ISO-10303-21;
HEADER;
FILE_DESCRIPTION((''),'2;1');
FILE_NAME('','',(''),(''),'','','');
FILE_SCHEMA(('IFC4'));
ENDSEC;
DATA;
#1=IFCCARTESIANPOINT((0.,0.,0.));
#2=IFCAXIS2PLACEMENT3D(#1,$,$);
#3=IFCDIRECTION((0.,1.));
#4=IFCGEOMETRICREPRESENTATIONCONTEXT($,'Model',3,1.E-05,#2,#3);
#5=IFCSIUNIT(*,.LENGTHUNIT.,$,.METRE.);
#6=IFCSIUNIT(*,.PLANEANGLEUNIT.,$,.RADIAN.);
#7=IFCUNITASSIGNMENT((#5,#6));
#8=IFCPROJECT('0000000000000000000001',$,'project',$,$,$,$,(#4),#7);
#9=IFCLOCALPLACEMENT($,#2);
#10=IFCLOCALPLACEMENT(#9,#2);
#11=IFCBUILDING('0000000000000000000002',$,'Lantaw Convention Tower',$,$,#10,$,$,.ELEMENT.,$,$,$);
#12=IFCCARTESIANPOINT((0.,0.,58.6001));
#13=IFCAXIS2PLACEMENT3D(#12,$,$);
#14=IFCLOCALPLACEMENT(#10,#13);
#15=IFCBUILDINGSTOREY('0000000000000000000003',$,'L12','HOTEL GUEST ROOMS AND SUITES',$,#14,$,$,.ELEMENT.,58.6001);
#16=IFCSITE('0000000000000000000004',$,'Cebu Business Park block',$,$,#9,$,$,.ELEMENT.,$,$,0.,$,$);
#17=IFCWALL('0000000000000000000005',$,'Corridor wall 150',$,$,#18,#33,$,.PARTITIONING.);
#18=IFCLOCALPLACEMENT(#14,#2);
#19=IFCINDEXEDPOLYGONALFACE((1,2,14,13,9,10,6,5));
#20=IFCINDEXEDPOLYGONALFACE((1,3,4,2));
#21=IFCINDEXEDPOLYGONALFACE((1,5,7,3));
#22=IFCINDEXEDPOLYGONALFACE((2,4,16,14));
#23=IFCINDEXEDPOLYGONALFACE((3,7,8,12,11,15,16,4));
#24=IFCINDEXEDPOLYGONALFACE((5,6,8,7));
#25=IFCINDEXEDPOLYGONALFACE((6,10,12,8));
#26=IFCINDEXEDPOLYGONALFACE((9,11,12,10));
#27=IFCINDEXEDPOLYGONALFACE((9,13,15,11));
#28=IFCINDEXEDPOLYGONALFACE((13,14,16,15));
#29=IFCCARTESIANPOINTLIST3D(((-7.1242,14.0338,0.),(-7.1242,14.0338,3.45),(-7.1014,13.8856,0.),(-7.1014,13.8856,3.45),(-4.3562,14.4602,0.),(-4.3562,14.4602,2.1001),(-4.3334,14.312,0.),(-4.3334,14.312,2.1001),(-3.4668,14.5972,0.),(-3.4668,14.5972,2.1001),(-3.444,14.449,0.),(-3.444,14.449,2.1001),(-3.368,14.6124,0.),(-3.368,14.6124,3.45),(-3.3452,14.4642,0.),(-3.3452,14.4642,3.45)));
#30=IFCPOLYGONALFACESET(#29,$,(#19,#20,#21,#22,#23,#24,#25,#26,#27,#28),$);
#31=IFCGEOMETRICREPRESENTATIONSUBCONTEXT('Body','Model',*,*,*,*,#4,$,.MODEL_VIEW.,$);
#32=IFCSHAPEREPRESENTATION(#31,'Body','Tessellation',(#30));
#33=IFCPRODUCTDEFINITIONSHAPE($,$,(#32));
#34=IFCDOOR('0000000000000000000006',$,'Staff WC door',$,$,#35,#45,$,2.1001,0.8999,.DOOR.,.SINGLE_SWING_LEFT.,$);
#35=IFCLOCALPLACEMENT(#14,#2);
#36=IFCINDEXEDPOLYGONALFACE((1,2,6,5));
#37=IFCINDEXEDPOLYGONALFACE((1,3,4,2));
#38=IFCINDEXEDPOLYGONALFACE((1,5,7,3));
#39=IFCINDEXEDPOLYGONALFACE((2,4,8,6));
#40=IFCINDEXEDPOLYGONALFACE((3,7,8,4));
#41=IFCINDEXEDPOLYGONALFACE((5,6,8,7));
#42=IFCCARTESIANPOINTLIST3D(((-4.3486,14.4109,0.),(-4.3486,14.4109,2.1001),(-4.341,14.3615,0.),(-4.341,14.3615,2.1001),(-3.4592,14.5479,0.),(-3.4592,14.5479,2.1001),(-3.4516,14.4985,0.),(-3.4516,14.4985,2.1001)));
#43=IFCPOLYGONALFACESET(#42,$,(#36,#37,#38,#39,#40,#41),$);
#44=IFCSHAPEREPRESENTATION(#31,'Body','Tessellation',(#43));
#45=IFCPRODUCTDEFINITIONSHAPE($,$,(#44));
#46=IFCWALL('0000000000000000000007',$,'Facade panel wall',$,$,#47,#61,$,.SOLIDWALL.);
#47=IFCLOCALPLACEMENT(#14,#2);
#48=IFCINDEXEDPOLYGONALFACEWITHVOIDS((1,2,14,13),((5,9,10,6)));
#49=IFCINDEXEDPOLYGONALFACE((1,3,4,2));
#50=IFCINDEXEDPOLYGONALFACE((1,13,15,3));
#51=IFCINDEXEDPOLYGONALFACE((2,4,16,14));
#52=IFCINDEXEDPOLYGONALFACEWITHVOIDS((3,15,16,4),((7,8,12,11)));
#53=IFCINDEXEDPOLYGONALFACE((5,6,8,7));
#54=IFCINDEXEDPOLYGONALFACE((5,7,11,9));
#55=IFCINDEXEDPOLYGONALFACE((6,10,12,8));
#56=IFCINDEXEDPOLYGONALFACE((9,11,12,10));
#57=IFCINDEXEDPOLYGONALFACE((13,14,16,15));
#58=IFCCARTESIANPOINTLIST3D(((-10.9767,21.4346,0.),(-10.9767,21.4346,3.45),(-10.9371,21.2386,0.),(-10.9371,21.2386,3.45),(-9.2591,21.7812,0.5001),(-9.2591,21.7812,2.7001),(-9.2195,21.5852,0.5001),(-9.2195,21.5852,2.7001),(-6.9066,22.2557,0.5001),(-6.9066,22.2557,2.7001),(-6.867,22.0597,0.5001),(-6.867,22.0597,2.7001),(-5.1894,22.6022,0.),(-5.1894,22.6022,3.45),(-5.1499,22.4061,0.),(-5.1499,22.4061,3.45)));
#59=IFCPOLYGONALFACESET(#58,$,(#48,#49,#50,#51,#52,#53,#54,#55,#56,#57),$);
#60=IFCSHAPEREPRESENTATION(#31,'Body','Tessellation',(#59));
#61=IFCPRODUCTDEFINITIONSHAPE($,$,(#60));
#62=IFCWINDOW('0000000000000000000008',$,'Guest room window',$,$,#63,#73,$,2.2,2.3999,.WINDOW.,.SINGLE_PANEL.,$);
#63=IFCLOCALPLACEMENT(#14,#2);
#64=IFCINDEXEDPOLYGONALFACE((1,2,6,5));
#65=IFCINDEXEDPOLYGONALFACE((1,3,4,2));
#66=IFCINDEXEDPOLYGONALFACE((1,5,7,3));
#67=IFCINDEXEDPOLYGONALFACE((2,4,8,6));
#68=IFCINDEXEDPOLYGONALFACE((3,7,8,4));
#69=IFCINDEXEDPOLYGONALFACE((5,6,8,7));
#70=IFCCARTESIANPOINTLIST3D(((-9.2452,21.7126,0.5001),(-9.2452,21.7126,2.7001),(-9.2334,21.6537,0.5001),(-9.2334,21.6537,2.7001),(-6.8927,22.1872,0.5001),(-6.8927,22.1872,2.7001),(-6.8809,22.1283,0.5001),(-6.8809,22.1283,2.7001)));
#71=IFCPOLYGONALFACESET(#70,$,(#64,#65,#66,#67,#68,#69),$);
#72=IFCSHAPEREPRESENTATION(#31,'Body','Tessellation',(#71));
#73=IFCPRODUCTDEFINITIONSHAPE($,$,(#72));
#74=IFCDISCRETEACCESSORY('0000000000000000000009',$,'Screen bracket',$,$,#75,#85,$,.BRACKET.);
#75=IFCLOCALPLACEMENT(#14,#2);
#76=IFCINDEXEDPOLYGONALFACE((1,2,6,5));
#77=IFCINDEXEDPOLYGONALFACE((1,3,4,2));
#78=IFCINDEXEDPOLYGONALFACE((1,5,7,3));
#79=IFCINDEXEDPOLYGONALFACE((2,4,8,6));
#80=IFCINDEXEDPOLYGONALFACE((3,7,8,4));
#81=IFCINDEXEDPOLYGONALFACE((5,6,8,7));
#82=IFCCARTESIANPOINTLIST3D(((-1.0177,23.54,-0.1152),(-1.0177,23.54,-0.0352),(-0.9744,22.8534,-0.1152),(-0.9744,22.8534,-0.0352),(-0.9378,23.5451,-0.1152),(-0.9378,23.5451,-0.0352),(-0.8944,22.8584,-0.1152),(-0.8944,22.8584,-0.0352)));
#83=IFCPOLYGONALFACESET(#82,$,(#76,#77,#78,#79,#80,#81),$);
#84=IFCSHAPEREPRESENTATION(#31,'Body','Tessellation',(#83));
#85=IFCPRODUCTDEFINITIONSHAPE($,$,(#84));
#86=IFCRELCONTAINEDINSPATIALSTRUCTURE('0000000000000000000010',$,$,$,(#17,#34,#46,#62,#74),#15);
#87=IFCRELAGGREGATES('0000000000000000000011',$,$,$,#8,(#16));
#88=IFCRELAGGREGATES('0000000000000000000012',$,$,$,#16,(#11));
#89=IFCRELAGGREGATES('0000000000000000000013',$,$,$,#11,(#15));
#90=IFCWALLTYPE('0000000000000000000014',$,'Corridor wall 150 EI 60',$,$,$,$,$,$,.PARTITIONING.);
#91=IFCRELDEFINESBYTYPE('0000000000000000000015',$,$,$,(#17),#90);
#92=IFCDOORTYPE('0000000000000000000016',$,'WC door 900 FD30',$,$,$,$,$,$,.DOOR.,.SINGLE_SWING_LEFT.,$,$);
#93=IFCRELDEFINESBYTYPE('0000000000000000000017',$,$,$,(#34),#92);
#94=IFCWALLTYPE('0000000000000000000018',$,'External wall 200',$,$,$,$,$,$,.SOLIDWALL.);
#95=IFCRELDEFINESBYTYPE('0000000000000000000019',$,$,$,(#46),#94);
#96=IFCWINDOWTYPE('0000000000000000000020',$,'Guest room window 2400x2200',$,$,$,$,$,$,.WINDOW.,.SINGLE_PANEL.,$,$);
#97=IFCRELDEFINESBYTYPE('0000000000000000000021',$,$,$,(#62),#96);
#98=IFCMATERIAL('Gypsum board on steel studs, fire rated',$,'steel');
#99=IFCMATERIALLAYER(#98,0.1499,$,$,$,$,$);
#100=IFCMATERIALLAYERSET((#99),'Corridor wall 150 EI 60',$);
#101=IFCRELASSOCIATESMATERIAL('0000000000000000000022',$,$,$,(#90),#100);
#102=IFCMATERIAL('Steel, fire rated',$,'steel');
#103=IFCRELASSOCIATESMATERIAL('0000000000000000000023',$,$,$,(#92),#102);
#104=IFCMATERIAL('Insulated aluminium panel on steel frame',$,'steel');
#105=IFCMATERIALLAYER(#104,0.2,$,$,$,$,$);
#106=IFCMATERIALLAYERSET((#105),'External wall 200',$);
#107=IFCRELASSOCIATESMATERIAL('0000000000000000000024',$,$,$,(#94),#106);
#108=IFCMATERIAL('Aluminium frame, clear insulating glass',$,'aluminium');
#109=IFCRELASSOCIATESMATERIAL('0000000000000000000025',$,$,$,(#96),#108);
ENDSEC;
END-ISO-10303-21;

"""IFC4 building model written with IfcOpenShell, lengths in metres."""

from ifc_helpers import new_model, si_unit, direction, frame, frame_2d, origin, origin_2d, place, context, subcontext, project, spatial, rectangle, extrude, material, layer, layer_set, type_object, element, fill, save


model = new_model("IFC4")

# Units and contexts
model_context = context("Model", 3, precision=1e-05, world=origin(), true_north=direction((0.0, 1.0)))
body_context = subcontext(model_context, "Body", "Model", "MODEL_VIEW")
ifc_project = project(units=[si_unit("LENGTHUNIT", "METRE"), si_unit("PLANEANGLEUNIT", "RADIAN")], contexts=[model_context])

# Site, building, storey
site_placement = place(None, origin())
site = spatial("IfcSite", under=ifc_project, at=site_placement, Name="Cebu Business Park block", CompositionType="ELEMENT", RefElevation=0.0)
building_placement = place(site_placement, origin())
building = spatial("IfcBuilding", under=site, at=building_placement, Name="Lantaw Convention Tower", CompositionType="ELEMENT")
storey_placement = place(building_placement, frame((0.0, 0.0, 58.6001)))
storey = spatial("IfcBuildingStorey", under=building, at=storey_placement, Name="L12", Description="HOTEL GUEST ROOMS AND SUITES", CompositionType="ELEMENT", Elevation=58.6001)

# Wall, opening, door
ifc_material_1 = material(Name="Gypsum board on steel studs, fire rated", Category="steel")
ifc_layer_1 = layer(ifc_material_1, 0.1499)
ifc_layer_set_1 = layer_set([ifc_layer_1], Name="Corridor wall 150 EI 60")
wall_type_1 = type_object("IfcWallType", Name="Corridor wall 150 EI 60", PredefinedType="PARTITIONING", material=ifc_layer_set_1)
ifc_material_2 = material(Name="Steel, fire rated", Category="steel")
wall_1_placement = place(storey_placement, frame((-3.3564, 14.5383, 0.0), z_axis=(0.0, 0.0, 1.0), x_axis=(-0.988343, -0.152241, 0.0)))
wall_1 = element("IfcWall", 1, at=wall_1_placement, inside=storey, type_object=wall_type_1, Name="Corridor wall 150", PredefinedType="PARTITIONING", context=body_context, shape_type="SweptSolid", body=[
    extrude(rectangle(XDim=3.8005, YDim=0.1499, at=frame_2d((1.9004, 0.0))), origin(), (0.0, 0.0, 1.0), 3.45),
])
opening_1_placement = place(wall_1_placement, frame((0.1001, 0.0, 0.0)))
opening_1 = element("IfcOpeningElement", 2, at=opening_1_placement, cuts=wall_1, PredefinedType="OPENING", context=body_context, shape_type="SweptSolid", body=[
    extrude(rectangle(XDim=0.8999, YDim=2.1001, at=frame_2d((0.45, 1.05))), frame((0.0, 0.085, 0.0), z_axis=(0.0, -1.0, 0.0), x_axis=(1.0, 0.0, 0.0)), (0.0, 0.0, 1.0), 0.1699),
])
door_type_1 = type_object("IfcDoorType", Name="WC door 900 FD30", OperationType="SINGLE_SWING_LEFT", PredefinedType="DOOR", material=ifc_material_2)
door_1_placement = place(opening_1_placement, origin())
door_1 = element("IfcDoor", 3, at=door_1_placement, inside=storey, type_object=door_type_1, Name="Staff WC door", OperationType="SINGLE_SWING_LEFT", OverallHeight=2.1001, OverallWidth=0.8999, PredefinedType="DOOR", context=body_context, shape_type="SweptSolid", body=[
    extrude(rectangle(XDim=0.8999, YDim=2.1001, at=frame_2d((0.45, 1.05))), frame((0.0, 0.0249, 0.0), z_axis=(0.0, -1.0, 0.0), x_axis=(1.0, 0.0, 0.0)), (0.0, 0.0, 1.0), 0.05),
])
fill(opening_1, door_1)

# Wall, opening, window
ifc_material_3 = material(Name="Insulated aluminium panel on steel frame", Category="steel")
ifc_layer_2 = layer(ifc_material_3, 0.2)
ifc_layer_set_2 = layer_set([ifc_layer_2], Name="External wall 200")
wall_type_2 = type_object("IfcWallType", Name="External wall 200", PredefinedType="SOLIDWALL", material=ifc_layer_set_2)
wall_2_placement = place(storey_placement, frame((-5.1697, 22.5042, 0.0), z_axis=(0.0, 0.0, 1.0), x_axis=(-0.980252, -0.197754, 0.0)))
wall_2 = element("IfcWall", 4, at=wall_2_placement, inside=storey, type_object=wall_type_2, Name="Facade panel wall", PredefinedType="SOLIDWALL", context=body_context, shape_type="SweptSolid", body=[
    extrude(rectangle(XDim=5.9038, YDim=0.2, at=frame_2d((2.9519, 0.0))), origin(), (0.0, 0.0, 1.0), 3.45),
])
opening_2_placement = place(wall_2_placement, frame((1.7517, 0.0, 0.5)))
opening_2 = element("IfcOpeningElement", 5, at=opening_2_placement, cuts=wall_2, PredefinedType="OPENING", context=body_context, shape_type="SweptSolid", body=[
    extrude(rectangle(XDim=2.3999, YDim=2.2, at=frame_2d((1.2, 1.1001))), frame((0.0, 0.1099, 0.0), z_axis=(0.0, -1.0, 0.0), x_axis=(1.0, 0.0, 0.0)), (0.0, 0.0, 1.0), 0.22),
])
ifc_material_4 = material(Name="Aluminium frame, clear insulating glass", Category="aluminium")
window_type = type_object("IfcWindowType", Name="Guest room window 2400x2200", PartitioningType="SINGLE_PANEL", PredefinedType="WINDOW", material=ifc_material_4)
window_placement = place(opening_2_placement, origin())
window = element("IfcWindow", 6, at=window_placement, inside=storey, type_object=window_type, Name="Guest room window", OverallHeight=2.2, OverallWidth=2.3999, PartitioningType="SINGLE_PANEL", PredefinedType="WINDOW", context=body_context, shape_type="SweptSolid", body=[
    extrude(rectangle(XDim=2.3999, YDim=2.2, at=frame_2d((1.2, 1.1001))), frame((0.0, 0.03, 0.0), z_axis=(0.0, -1.0, 0.0), x_axis=(1.0, 0.0, 0.0)), (0.0, 0.0, 1.0), 0.0601),
])
fill(opening_2, window)

# Discrete accessory
discrete_accessory_placement = place(storey_placement, frame((-0.9561, 23.1992, -0.1152), z_axis=(0.0, 0.0, 1.0), x_axis=(-0.998016, -0.062958, 0.0)))
element("IfcDiscreteAccessory", 7, at=discrete_accessory_placement, inside=storey, Name="Screen bracket", PredefinedType="BRACKET", context=body_context, shape_type="SweptSolid", body=[
    extrude(rectangle(XDim=0.0801, YDim=0.688, at=origin_2d()), origin(), (0.0, 0.0, 1.0), 0.0801),
])

save(model, "model.ifc")
